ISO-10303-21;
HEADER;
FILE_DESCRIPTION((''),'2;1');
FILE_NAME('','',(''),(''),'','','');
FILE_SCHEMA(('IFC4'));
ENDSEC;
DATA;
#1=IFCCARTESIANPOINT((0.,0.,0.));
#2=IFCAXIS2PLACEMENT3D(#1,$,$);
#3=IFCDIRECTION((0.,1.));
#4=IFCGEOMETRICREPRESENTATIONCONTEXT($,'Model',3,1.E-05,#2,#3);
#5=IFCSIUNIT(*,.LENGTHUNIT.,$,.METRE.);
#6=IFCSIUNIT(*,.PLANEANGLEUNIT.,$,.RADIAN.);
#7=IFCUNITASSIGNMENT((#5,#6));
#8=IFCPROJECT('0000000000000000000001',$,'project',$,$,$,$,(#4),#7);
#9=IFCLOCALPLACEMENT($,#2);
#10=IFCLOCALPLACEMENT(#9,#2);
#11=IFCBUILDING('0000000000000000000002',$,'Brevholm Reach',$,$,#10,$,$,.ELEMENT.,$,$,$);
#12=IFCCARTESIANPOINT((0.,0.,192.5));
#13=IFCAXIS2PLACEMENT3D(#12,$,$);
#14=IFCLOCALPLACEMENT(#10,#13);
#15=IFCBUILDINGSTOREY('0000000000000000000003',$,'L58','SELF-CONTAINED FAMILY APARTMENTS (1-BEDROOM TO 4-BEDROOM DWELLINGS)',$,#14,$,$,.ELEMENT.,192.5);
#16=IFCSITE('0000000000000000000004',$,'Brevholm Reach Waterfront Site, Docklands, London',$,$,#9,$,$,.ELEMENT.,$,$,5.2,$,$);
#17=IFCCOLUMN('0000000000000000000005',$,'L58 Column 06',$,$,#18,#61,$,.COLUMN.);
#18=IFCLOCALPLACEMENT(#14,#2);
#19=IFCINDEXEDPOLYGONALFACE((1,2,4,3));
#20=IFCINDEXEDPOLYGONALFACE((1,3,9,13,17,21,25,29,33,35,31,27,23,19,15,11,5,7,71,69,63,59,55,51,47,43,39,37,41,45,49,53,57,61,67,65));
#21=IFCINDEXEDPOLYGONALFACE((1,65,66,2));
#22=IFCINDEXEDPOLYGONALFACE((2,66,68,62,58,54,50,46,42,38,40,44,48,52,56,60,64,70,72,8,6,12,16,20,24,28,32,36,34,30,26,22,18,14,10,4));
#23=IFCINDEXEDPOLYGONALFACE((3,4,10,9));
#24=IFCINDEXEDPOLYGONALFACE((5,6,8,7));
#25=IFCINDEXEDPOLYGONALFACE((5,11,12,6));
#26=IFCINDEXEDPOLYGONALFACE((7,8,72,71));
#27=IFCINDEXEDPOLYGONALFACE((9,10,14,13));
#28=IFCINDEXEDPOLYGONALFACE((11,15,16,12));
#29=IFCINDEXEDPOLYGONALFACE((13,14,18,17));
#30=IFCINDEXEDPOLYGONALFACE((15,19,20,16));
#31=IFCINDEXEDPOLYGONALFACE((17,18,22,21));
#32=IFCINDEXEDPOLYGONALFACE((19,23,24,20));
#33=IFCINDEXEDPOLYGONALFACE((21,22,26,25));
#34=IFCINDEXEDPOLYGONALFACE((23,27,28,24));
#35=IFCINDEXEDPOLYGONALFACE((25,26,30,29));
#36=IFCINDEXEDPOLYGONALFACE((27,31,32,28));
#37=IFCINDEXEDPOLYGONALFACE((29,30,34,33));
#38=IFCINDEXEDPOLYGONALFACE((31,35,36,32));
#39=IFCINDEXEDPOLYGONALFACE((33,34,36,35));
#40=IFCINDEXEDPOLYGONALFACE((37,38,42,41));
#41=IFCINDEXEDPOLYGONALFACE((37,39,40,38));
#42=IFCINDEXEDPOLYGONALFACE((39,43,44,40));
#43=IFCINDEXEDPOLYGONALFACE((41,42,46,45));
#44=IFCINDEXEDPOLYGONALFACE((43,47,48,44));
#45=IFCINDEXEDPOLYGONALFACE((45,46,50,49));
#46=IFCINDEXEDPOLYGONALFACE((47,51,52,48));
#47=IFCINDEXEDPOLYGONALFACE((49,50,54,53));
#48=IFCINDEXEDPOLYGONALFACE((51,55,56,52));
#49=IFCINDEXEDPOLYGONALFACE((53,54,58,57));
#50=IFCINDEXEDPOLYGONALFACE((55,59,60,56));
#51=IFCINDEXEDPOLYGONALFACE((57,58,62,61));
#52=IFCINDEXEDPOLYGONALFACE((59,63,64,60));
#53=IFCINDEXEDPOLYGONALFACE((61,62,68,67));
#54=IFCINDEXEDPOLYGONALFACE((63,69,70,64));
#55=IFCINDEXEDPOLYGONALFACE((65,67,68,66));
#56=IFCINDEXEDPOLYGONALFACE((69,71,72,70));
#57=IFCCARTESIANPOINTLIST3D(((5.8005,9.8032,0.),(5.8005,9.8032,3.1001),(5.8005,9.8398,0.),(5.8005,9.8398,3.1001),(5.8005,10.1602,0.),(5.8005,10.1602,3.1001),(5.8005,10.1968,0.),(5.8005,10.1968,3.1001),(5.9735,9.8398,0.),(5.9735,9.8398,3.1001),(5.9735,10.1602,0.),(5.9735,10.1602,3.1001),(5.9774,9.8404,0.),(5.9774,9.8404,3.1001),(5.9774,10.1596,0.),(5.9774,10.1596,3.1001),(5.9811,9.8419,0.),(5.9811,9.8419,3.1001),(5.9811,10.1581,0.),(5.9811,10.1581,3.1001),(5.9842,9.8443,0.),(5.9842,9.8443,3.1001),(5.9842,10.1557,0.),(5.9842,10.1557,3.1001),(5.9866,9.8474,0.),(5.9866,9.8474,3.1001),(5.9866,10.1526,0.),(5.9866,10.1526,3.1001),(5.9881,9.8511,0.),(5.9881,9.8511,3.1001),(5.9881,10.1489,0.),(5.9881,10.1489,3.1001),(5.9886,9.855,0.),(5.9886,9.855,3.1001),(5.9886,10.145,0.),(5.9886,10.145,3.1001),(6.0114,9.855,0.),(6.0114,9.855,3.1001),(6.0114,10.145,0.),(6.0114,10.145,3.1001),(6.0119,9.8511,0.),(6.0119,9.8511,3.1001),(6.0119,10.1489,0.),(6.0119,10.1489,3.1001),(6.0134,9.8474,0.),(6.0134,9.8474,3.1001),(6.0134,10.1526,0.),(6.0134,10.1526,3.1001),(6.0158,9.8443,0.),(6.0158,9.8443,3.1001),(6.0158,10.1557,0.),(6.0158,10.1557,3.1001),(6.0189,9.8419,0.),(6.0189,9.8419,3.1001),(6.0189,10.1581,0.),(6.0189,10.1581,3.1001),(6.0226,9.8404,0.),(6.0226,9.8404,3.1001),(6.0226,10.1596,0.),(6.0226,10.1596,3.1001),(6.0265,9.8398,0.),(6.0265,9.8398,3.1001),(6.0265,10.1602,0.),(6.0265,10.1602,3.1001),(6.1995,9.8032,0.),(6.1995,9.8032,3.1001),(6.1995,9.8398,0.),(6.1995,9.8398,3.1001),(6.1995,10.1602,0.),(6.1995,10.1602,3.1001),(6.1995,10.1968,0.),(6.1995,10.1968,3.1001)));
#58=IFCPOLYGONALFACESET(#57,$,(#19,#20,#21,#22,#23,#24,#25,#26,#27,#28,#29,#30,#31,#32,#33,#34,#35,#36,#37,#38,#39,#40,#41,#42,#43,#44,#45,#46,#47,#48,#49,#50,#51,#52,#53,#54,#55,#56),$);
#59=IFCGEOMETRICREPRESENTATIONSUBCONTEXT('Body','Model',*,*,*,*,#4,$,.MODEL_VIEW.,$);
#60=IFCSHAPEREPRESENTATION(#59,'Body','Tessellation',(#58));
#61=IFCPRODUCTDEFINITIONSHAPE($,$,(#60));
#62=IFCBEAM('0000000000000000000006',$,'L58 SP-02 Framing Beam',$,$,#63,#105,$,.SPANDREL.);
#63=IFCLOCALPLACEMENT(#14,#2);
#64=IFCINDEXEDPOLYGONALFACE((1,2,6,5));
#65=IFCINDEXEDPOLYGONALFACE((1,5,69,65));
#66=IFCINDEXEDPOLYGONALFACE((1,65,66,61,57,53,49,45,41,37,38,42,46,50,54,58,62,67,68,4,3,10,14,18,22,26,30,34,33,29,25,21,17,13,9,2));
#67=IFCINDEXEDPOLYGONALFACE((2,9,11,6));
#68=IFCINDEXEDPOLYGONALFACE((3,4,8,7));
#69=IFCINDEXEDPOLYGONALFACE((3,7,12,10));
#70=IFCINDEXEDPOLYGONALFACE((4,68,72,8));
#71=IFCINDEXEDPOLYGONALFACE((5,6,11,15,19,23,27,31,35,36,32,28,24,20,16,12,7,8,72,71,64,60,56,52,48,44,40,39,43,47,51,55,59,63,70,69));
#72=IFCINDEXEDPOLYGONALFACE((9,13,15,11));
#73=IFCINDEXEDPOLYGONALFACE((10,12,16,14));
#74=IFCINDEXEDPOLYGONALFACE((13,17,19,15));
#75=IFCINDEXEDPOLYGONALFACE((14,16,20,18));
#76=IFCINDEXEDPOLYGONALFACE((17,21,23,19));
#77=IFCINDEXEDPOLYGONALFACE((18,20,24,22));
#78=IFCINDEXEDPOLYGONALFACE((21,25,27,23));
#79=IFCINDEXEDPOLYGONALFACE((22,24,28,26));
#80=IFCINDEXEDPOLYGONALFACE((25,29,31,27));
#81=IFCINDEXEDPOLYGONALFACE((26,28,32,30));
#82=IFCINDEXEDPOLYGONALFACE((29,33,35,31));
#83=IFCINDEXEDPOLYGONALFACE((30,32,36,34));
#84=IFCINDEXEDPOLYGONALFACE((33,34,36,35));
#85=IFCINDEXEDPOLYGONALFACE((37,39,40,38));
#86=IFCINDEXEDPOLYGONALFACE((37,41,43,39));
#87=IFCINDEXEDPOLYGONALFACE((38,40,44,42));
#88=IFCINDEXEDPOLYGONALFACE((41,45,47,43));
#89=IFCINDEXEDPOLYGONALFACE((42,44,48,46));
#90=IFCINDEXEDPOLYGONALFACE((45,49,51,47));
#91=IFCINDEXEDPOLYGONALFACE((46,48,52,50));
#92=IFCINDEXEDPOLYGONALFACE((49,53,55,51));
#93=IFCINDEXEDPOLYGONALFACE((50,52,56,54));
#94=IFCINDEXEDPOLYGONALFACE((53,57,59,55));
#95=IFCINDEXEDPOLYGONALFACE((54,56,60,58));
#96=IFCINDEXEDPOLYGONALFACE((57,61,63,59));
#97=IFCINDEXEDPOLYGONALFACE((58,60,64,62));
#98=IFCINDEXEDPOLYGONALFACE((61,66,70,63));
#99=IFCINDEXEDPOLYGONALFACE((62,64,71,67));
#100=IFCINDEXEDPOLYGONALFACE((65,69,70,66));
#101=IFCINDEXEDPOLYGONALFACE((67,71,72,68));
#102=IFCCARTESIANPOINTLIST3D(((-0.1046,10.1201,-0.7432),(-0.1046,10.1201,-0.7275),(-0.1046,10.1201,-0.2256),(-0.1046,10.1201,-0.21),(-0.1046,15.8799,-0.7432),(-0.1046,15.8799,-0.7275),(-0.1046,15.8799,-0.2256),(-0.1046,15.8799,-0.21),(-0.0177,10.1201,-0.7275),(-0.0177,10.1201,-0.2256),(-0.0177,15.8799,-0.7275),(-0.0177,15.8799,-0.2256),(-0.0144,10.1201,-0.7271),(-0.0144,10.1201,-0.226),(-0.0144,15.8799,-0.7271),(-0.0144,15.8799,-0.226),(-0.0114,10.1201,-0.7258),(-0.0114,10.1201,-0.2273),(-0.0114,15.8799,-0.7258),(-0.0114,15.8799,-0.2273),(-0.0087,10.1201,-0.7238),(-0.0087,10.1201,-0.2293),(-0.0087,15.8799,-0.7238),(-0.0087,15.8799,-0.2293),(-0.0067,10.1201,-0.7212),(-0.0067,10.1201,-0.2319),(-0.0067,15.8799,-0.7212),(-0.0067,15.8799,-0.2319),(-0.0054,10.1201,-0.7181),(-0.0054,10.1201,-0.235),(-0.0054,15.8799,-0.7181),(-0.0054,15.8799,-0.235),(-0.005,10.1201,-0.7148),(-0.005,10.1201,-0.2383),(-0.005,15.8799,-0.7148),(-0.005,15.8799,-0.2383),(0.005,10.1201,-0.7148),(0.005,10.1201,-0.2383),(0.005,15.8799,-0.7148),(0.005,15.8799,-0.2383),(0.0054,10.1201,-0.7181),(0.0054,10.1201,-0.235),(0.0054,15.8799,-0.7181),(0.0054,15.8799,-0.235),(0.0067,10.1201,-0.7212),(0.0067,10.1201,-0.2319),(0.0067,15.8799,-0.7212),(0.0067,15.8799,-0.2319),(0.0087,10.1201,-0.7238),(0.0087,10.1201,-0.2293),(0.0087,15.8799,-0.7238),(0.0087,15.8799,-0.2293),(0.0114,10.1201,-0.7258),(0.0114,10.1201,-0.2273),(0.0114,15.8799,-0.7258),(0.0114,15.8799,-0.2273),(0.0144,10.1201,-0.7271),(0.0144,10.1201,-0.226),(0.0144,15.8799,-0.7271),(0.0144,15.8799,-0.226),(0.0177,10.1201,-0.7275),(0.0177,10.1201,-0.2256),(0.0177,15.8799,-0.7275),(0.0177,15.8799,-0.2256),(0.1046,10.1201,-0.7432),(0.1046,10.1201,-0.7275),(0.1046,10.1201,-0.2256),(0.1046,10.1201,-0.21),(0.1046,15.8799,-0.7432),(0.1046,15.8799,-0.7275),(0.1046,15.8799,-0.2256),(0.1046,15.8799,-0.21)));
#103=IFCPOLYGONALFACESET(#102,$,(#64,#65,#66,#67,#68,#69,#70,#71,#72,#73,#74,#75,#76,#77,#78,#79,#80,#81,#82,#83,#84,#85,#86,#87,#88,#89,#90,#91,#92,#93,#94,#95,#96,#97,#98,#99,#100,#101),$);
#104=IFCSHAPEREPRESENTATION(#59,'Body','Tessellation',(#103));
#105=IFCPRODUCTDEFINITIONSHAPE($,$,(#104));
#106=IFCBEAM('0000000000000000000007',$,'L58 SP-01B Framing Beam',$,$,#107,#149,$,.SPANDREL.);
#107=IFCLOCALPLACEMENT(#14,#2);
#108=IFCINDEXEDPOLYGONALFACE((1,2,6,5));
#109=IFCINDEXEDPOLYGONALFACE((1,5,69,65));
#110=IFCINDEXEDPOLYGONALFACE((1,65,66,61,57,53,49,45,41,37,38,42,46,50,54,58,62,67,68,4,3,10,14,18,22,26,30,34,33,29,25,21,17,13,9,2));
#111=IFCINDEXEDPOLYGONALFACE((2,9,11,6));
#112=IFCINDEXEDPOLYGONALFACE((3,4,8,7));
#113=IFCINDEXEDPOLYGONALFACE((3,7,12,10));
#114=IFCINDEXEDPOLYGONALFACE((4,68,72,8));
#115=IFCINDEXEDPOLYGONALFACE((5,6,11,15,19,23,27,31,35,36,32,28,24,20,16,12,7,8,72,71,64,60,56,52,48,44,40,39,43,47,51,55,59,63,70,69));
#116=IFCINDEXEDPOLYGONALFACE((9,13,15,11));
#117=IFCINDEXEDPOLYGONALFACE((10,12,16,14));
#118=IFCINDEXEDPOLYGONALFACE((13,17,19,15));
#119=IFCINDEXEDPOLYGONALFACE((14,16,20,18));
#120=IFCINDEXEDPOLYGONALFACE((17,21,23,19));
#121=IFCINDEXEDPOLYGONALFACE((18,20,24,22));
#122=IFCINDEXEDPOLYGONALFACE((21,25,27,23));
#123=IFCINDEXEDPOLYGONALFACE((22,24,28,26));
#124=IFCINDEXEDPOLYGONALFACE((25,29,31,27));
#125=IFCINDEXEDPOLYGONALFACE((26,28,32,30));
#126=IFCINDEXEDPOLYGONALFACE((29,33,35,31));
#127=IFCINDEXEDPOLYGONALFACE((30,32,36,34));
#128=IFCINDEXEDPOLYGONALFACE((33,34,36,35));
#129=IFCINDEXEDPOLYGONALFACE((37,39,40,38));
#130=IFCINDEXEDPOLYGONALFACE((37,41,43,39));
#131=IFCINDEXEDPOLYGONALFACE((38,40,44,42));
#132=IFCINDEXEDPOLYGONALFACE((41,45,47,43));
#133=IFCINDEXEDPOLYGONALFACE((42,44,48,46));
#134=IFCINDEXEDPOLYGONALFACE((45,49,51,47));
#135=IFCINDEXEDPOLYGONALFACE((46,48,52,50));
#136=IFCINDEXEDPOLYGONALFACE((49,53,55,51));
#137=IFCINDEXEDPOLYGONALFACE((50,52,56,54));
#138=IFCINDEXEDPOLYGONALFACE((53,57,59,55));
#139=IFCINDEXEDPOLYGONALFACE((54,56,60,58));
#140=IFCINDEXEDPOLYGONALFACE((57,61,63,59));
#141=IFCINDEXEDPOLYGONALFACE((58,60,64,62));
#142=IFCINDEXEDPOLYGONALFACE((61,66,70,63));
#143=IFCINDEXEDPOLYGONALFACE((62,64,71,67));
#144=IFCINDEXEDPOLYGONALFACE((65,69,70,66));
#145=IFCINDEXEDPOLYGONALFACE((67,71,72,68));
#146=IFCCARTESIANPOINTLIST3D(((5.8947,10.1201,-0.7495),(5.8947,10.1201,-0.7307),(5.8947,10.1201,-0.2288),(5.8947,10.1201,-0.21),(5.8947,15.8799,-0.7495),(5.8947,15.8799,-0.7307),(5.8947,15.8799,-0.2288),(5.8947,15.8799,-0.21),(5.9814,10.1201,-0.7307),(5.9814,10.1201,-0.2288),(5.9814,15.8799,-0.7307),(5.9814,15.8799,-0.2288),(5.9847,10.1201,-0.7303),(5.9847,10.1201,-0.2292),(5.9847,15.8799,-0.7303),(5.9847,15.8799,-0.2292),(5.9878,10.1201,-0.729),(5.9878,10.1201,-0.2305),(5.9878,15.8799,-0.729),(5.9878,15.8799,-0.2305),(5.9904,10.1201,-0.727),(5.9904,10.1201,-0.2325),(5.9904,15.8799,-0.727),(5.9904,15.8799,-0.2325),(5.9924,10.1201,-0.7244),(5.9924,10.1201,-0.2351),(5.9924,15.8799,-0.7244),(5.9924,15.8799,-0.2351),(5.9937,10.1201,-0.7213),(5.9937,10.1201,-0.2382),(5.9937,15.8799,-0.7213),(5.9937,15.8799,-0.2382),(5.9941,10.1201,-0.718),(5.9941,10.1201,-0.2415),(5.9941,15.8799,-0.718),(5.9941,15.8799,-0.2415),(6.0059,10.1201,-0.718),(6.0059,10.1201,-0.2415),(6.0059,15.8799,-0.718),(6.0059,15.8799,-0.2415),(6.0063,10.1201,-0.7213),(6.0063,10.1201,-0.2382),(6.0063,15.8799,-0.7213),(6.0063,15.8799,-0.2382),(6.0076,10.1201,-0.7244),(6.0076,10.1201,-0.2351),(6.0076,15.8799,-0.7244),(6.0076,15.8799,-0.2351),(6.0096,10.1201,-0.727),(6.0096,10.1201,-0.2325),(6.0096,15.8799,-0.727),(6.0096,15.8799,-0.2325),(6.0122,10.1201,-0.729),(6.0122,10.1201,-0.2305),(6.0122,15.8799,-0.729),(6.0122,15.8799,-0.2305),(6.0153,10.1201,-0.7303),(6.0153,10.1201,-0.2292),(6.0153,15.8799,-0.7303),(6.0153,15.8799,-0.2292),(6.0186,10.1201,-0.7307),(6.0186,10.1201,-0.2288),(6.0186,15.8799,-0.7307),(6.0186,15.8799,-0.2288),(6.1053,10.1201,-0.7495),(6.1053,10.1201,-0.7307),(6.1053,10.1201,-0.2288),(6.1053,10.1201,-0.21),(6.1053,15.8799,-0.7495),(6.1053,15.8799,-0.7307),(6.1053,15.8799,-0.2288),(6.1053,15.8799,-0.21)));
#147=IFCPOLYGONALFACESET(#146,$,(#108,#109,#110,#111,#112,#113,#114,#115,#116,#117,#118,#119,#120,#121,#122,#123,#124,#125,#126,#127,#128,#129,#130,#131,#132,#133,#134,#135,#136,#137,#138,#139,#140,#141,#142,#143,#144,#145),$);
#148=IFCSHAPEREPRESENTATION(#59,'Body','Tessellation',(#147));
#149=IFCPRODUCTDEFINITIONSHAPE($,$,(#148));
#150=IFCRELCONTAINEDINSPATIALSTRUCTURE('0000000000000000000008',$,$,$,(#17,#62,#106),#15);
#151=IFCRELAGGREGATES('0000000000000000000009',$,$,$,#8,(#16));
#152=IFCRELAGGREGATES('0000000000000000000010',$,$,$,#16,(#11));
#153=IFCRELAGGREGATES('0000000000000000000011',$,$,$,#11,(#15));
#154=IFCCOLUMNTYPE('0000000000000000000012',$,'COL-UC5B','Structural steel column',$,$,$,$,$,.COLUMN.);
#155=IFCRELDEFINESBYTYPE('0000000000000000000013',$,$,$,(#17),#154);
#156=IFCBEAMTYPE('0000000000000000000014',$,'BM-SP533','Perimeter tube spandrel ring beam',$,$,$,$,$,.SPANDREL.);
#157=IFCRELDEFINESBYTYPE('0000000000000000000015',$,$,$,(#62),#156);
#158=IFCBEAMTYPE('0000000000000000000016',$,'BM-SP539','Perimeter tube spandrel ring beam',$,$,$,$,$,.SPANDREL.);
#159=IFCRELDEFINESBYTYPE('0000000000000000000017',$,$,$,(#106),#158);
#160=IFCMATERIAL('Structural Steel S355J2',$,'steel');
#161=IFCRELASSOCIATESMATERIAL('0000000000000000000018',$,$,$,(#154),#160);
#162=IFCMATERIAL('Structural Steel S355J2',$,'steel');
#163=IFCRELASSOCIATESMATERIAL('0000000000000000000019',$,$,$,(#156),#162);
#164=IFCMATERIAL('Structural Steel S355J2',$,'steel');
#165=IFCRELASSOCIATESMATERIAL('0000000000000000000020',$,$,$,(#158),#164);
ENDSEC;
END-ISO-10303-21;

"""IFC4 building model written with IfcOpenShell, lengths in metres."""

from ifc_helpers import new_model, si_unit, direction, frame, origin, origin_2d, place, context, subcontext, project, spatial, i_section, extrude, material, material_profile, profile_set, type_object, element, save


model = new_model("IFC4")

# Units and contexts
model_context = context("Model", 3, precision=1e-05, world=origin(), true_north=direction((0.0, 1.0)))
body_context = subcontext(model_context, "Body", "Model", "MODEL_VIEW")
ifc_project = project(units=[si_unit("LENGTHUNIT", "METRE"), si_unit("PLANEANGLEUNIT", "RADIAN")], contexts=[model_context])

# Site, building, storey
site_placement = place(None, origin())
site = spatial("IfcSite", under=ifc_project, at=site_placement, Name="Brevholm Reach Waterfront Site, Docklands, London", CompositionType="ELEMENT", RefElevation=5.2)
building_placement = place(site_placement, origin())
building = spatial("IfcBuilding", under=site, at=building_placement, Name="Brevholm Reach", CompositionType="ELEMENT")
storey_placement = place(building_placement, frame((0.0, 0.0, 192.5)))
storey = spatial("IfcBuildingStorey", under=building, at=storey_placement, Name="L58", Description="SELF-CONTAINED FAMILY APARTMENTS (1-BEDROOM TO 4-BEDROOM DWELLINGS)", CompositionType="ELEMENT", Elevation=192.5)

# Column
ifc_material_1 = material(Name="Structural Steel S355J2", Category="steel")
ifc_material_profile_1 = material_profile(ifc_material_1, i_section(OverallWidth=0.3989, OverallDepth=0.3936, WebThickness=0.0227, FlangeThickness=0.0366, FilletRadius=0.0151, at=origin_2d()), Name="UKC 356x406x287")
ifc_profile_set_1 = profile_set([ifc_material_profile_1], Name="Structural Steel S355J2")
column_type = type_object("IfcColumnType", Name="COL-UC5B", Description="Structural steel column", PredefinedType="COLUMN", material=ifc_profile_set_1)
column_placement = place(storey_placement, frame((6.0, 10.0, 0.0), z_axis=(0.0, 0.0, 1.0), x_axis=(1.0, 0.0, 0.0)))
element("IfcColumn", 1, at=column_placement, inside=storey, type_object=column_type, Name="L58 Column 06", PredefinedType="COLUMN", context=body_context, shape_type="SweptSolid", body=[
    extrude(i_section(OverallWidth=0.3989, OverallDepth=0.3936, WebThickness=0.0227, FlangeThickness=0.0366, FilletRadius=0.0151, at=origin_2d()), origin(), (0.0, 0.0, 1.0), 3.1001),
])

# Beams
ifc_material_2 = material(Name="Structural Steel S355J2", Category="steel")
ifc_material_profile_2 = material_profile(ifc_material_2, i_section(OverallWidth=0.2092, OverallDepth=0.5332, WebThickness=0.01, FlangeThickness=0.0156, FilletRadius=0.0127, at=origin_2d()), Name="UKB 533x210x92")
ifc_profile_set_2 = profile_set([ifc_material_profile_2], Name="Structural Steel S355J2")
beam_type_1 = type_object("IfcBeamType", Name="BM-SP533", Description="Perimeter tube spandrel ring beam", PredefinedType="SPANDREL", material=ifc_profile_set_2)
beam_1_placement = place(storey_placement, frame((0.0, 10.1201, -0.4766), z_axis=(0.0, 1.0, 0.0), x_axis=(-1.0, 0.0, 0.0)))
element("IfcBeam", 2, at=beam_1_placement, inside=storey, type_object=beam_type_1, Name="L58 SP-02 Framing Beam", PredefinedType="SPANDREL", context=body_context, shape_type="SweptSolid", body=[
    extrude(i_section(OverallWidth=0.2092, OverallDepth=0.5332, WebThickness=0.01, FlangeThickness=0.0156, FilletRadius=0.0127, at=origin_2d()), origin(), (0.0, 0.0, 1.0), 5.7598),
])
ifc_material_3 = material(Name="Structural Steel S355J2", Category="steel")
ifc_material_profile_3 = material_profile(ifc_material_3, i_section(OverallWidth=0.2107, OverallDepth=0.5396, WebThickness=0.0117, FlangeThickness=0.0188, FilletRadius=0.0127, at=origin_2d()), Name="UKB 533x210x109")
ifc_profile_set_3 = profile_set([ifc_material_profile_3], Name="Structural Steel S355J2")
beam_type_2 = type_object("IfcBeamType", Name="BM-SP539", Description="Perimeter tube spandrel ring beam", PredefinedType="SPANDREL", material=ifc_profile_set_3)
beam_2_placement = place(storey_placement, frame((6.0, 10.1201, -0.4797), z_axis=(0.0, 1.0, 0.0), x_axis=(-1.0, 0.0, 0.0)))
element("IfcBeam", 3, at=beam_2_placement, inside=storey, type_object=beam_type_2, Name="L58 SP-01B Framing Beam", PredefinedType="SPANDREL", context=body_context, shape_type="SweptSolid", body=[
    extrude(i_section(OverallWidth=0.2107, OverallDepth=0.5396, WebThickness=0.0117, FlangeThickness=0.0188, FilletRadius=0.0127, at=origin_2d()), origin(), (0.0, 0.0, 1.0), 5.7598),
])

save(model, "model.ifc")
